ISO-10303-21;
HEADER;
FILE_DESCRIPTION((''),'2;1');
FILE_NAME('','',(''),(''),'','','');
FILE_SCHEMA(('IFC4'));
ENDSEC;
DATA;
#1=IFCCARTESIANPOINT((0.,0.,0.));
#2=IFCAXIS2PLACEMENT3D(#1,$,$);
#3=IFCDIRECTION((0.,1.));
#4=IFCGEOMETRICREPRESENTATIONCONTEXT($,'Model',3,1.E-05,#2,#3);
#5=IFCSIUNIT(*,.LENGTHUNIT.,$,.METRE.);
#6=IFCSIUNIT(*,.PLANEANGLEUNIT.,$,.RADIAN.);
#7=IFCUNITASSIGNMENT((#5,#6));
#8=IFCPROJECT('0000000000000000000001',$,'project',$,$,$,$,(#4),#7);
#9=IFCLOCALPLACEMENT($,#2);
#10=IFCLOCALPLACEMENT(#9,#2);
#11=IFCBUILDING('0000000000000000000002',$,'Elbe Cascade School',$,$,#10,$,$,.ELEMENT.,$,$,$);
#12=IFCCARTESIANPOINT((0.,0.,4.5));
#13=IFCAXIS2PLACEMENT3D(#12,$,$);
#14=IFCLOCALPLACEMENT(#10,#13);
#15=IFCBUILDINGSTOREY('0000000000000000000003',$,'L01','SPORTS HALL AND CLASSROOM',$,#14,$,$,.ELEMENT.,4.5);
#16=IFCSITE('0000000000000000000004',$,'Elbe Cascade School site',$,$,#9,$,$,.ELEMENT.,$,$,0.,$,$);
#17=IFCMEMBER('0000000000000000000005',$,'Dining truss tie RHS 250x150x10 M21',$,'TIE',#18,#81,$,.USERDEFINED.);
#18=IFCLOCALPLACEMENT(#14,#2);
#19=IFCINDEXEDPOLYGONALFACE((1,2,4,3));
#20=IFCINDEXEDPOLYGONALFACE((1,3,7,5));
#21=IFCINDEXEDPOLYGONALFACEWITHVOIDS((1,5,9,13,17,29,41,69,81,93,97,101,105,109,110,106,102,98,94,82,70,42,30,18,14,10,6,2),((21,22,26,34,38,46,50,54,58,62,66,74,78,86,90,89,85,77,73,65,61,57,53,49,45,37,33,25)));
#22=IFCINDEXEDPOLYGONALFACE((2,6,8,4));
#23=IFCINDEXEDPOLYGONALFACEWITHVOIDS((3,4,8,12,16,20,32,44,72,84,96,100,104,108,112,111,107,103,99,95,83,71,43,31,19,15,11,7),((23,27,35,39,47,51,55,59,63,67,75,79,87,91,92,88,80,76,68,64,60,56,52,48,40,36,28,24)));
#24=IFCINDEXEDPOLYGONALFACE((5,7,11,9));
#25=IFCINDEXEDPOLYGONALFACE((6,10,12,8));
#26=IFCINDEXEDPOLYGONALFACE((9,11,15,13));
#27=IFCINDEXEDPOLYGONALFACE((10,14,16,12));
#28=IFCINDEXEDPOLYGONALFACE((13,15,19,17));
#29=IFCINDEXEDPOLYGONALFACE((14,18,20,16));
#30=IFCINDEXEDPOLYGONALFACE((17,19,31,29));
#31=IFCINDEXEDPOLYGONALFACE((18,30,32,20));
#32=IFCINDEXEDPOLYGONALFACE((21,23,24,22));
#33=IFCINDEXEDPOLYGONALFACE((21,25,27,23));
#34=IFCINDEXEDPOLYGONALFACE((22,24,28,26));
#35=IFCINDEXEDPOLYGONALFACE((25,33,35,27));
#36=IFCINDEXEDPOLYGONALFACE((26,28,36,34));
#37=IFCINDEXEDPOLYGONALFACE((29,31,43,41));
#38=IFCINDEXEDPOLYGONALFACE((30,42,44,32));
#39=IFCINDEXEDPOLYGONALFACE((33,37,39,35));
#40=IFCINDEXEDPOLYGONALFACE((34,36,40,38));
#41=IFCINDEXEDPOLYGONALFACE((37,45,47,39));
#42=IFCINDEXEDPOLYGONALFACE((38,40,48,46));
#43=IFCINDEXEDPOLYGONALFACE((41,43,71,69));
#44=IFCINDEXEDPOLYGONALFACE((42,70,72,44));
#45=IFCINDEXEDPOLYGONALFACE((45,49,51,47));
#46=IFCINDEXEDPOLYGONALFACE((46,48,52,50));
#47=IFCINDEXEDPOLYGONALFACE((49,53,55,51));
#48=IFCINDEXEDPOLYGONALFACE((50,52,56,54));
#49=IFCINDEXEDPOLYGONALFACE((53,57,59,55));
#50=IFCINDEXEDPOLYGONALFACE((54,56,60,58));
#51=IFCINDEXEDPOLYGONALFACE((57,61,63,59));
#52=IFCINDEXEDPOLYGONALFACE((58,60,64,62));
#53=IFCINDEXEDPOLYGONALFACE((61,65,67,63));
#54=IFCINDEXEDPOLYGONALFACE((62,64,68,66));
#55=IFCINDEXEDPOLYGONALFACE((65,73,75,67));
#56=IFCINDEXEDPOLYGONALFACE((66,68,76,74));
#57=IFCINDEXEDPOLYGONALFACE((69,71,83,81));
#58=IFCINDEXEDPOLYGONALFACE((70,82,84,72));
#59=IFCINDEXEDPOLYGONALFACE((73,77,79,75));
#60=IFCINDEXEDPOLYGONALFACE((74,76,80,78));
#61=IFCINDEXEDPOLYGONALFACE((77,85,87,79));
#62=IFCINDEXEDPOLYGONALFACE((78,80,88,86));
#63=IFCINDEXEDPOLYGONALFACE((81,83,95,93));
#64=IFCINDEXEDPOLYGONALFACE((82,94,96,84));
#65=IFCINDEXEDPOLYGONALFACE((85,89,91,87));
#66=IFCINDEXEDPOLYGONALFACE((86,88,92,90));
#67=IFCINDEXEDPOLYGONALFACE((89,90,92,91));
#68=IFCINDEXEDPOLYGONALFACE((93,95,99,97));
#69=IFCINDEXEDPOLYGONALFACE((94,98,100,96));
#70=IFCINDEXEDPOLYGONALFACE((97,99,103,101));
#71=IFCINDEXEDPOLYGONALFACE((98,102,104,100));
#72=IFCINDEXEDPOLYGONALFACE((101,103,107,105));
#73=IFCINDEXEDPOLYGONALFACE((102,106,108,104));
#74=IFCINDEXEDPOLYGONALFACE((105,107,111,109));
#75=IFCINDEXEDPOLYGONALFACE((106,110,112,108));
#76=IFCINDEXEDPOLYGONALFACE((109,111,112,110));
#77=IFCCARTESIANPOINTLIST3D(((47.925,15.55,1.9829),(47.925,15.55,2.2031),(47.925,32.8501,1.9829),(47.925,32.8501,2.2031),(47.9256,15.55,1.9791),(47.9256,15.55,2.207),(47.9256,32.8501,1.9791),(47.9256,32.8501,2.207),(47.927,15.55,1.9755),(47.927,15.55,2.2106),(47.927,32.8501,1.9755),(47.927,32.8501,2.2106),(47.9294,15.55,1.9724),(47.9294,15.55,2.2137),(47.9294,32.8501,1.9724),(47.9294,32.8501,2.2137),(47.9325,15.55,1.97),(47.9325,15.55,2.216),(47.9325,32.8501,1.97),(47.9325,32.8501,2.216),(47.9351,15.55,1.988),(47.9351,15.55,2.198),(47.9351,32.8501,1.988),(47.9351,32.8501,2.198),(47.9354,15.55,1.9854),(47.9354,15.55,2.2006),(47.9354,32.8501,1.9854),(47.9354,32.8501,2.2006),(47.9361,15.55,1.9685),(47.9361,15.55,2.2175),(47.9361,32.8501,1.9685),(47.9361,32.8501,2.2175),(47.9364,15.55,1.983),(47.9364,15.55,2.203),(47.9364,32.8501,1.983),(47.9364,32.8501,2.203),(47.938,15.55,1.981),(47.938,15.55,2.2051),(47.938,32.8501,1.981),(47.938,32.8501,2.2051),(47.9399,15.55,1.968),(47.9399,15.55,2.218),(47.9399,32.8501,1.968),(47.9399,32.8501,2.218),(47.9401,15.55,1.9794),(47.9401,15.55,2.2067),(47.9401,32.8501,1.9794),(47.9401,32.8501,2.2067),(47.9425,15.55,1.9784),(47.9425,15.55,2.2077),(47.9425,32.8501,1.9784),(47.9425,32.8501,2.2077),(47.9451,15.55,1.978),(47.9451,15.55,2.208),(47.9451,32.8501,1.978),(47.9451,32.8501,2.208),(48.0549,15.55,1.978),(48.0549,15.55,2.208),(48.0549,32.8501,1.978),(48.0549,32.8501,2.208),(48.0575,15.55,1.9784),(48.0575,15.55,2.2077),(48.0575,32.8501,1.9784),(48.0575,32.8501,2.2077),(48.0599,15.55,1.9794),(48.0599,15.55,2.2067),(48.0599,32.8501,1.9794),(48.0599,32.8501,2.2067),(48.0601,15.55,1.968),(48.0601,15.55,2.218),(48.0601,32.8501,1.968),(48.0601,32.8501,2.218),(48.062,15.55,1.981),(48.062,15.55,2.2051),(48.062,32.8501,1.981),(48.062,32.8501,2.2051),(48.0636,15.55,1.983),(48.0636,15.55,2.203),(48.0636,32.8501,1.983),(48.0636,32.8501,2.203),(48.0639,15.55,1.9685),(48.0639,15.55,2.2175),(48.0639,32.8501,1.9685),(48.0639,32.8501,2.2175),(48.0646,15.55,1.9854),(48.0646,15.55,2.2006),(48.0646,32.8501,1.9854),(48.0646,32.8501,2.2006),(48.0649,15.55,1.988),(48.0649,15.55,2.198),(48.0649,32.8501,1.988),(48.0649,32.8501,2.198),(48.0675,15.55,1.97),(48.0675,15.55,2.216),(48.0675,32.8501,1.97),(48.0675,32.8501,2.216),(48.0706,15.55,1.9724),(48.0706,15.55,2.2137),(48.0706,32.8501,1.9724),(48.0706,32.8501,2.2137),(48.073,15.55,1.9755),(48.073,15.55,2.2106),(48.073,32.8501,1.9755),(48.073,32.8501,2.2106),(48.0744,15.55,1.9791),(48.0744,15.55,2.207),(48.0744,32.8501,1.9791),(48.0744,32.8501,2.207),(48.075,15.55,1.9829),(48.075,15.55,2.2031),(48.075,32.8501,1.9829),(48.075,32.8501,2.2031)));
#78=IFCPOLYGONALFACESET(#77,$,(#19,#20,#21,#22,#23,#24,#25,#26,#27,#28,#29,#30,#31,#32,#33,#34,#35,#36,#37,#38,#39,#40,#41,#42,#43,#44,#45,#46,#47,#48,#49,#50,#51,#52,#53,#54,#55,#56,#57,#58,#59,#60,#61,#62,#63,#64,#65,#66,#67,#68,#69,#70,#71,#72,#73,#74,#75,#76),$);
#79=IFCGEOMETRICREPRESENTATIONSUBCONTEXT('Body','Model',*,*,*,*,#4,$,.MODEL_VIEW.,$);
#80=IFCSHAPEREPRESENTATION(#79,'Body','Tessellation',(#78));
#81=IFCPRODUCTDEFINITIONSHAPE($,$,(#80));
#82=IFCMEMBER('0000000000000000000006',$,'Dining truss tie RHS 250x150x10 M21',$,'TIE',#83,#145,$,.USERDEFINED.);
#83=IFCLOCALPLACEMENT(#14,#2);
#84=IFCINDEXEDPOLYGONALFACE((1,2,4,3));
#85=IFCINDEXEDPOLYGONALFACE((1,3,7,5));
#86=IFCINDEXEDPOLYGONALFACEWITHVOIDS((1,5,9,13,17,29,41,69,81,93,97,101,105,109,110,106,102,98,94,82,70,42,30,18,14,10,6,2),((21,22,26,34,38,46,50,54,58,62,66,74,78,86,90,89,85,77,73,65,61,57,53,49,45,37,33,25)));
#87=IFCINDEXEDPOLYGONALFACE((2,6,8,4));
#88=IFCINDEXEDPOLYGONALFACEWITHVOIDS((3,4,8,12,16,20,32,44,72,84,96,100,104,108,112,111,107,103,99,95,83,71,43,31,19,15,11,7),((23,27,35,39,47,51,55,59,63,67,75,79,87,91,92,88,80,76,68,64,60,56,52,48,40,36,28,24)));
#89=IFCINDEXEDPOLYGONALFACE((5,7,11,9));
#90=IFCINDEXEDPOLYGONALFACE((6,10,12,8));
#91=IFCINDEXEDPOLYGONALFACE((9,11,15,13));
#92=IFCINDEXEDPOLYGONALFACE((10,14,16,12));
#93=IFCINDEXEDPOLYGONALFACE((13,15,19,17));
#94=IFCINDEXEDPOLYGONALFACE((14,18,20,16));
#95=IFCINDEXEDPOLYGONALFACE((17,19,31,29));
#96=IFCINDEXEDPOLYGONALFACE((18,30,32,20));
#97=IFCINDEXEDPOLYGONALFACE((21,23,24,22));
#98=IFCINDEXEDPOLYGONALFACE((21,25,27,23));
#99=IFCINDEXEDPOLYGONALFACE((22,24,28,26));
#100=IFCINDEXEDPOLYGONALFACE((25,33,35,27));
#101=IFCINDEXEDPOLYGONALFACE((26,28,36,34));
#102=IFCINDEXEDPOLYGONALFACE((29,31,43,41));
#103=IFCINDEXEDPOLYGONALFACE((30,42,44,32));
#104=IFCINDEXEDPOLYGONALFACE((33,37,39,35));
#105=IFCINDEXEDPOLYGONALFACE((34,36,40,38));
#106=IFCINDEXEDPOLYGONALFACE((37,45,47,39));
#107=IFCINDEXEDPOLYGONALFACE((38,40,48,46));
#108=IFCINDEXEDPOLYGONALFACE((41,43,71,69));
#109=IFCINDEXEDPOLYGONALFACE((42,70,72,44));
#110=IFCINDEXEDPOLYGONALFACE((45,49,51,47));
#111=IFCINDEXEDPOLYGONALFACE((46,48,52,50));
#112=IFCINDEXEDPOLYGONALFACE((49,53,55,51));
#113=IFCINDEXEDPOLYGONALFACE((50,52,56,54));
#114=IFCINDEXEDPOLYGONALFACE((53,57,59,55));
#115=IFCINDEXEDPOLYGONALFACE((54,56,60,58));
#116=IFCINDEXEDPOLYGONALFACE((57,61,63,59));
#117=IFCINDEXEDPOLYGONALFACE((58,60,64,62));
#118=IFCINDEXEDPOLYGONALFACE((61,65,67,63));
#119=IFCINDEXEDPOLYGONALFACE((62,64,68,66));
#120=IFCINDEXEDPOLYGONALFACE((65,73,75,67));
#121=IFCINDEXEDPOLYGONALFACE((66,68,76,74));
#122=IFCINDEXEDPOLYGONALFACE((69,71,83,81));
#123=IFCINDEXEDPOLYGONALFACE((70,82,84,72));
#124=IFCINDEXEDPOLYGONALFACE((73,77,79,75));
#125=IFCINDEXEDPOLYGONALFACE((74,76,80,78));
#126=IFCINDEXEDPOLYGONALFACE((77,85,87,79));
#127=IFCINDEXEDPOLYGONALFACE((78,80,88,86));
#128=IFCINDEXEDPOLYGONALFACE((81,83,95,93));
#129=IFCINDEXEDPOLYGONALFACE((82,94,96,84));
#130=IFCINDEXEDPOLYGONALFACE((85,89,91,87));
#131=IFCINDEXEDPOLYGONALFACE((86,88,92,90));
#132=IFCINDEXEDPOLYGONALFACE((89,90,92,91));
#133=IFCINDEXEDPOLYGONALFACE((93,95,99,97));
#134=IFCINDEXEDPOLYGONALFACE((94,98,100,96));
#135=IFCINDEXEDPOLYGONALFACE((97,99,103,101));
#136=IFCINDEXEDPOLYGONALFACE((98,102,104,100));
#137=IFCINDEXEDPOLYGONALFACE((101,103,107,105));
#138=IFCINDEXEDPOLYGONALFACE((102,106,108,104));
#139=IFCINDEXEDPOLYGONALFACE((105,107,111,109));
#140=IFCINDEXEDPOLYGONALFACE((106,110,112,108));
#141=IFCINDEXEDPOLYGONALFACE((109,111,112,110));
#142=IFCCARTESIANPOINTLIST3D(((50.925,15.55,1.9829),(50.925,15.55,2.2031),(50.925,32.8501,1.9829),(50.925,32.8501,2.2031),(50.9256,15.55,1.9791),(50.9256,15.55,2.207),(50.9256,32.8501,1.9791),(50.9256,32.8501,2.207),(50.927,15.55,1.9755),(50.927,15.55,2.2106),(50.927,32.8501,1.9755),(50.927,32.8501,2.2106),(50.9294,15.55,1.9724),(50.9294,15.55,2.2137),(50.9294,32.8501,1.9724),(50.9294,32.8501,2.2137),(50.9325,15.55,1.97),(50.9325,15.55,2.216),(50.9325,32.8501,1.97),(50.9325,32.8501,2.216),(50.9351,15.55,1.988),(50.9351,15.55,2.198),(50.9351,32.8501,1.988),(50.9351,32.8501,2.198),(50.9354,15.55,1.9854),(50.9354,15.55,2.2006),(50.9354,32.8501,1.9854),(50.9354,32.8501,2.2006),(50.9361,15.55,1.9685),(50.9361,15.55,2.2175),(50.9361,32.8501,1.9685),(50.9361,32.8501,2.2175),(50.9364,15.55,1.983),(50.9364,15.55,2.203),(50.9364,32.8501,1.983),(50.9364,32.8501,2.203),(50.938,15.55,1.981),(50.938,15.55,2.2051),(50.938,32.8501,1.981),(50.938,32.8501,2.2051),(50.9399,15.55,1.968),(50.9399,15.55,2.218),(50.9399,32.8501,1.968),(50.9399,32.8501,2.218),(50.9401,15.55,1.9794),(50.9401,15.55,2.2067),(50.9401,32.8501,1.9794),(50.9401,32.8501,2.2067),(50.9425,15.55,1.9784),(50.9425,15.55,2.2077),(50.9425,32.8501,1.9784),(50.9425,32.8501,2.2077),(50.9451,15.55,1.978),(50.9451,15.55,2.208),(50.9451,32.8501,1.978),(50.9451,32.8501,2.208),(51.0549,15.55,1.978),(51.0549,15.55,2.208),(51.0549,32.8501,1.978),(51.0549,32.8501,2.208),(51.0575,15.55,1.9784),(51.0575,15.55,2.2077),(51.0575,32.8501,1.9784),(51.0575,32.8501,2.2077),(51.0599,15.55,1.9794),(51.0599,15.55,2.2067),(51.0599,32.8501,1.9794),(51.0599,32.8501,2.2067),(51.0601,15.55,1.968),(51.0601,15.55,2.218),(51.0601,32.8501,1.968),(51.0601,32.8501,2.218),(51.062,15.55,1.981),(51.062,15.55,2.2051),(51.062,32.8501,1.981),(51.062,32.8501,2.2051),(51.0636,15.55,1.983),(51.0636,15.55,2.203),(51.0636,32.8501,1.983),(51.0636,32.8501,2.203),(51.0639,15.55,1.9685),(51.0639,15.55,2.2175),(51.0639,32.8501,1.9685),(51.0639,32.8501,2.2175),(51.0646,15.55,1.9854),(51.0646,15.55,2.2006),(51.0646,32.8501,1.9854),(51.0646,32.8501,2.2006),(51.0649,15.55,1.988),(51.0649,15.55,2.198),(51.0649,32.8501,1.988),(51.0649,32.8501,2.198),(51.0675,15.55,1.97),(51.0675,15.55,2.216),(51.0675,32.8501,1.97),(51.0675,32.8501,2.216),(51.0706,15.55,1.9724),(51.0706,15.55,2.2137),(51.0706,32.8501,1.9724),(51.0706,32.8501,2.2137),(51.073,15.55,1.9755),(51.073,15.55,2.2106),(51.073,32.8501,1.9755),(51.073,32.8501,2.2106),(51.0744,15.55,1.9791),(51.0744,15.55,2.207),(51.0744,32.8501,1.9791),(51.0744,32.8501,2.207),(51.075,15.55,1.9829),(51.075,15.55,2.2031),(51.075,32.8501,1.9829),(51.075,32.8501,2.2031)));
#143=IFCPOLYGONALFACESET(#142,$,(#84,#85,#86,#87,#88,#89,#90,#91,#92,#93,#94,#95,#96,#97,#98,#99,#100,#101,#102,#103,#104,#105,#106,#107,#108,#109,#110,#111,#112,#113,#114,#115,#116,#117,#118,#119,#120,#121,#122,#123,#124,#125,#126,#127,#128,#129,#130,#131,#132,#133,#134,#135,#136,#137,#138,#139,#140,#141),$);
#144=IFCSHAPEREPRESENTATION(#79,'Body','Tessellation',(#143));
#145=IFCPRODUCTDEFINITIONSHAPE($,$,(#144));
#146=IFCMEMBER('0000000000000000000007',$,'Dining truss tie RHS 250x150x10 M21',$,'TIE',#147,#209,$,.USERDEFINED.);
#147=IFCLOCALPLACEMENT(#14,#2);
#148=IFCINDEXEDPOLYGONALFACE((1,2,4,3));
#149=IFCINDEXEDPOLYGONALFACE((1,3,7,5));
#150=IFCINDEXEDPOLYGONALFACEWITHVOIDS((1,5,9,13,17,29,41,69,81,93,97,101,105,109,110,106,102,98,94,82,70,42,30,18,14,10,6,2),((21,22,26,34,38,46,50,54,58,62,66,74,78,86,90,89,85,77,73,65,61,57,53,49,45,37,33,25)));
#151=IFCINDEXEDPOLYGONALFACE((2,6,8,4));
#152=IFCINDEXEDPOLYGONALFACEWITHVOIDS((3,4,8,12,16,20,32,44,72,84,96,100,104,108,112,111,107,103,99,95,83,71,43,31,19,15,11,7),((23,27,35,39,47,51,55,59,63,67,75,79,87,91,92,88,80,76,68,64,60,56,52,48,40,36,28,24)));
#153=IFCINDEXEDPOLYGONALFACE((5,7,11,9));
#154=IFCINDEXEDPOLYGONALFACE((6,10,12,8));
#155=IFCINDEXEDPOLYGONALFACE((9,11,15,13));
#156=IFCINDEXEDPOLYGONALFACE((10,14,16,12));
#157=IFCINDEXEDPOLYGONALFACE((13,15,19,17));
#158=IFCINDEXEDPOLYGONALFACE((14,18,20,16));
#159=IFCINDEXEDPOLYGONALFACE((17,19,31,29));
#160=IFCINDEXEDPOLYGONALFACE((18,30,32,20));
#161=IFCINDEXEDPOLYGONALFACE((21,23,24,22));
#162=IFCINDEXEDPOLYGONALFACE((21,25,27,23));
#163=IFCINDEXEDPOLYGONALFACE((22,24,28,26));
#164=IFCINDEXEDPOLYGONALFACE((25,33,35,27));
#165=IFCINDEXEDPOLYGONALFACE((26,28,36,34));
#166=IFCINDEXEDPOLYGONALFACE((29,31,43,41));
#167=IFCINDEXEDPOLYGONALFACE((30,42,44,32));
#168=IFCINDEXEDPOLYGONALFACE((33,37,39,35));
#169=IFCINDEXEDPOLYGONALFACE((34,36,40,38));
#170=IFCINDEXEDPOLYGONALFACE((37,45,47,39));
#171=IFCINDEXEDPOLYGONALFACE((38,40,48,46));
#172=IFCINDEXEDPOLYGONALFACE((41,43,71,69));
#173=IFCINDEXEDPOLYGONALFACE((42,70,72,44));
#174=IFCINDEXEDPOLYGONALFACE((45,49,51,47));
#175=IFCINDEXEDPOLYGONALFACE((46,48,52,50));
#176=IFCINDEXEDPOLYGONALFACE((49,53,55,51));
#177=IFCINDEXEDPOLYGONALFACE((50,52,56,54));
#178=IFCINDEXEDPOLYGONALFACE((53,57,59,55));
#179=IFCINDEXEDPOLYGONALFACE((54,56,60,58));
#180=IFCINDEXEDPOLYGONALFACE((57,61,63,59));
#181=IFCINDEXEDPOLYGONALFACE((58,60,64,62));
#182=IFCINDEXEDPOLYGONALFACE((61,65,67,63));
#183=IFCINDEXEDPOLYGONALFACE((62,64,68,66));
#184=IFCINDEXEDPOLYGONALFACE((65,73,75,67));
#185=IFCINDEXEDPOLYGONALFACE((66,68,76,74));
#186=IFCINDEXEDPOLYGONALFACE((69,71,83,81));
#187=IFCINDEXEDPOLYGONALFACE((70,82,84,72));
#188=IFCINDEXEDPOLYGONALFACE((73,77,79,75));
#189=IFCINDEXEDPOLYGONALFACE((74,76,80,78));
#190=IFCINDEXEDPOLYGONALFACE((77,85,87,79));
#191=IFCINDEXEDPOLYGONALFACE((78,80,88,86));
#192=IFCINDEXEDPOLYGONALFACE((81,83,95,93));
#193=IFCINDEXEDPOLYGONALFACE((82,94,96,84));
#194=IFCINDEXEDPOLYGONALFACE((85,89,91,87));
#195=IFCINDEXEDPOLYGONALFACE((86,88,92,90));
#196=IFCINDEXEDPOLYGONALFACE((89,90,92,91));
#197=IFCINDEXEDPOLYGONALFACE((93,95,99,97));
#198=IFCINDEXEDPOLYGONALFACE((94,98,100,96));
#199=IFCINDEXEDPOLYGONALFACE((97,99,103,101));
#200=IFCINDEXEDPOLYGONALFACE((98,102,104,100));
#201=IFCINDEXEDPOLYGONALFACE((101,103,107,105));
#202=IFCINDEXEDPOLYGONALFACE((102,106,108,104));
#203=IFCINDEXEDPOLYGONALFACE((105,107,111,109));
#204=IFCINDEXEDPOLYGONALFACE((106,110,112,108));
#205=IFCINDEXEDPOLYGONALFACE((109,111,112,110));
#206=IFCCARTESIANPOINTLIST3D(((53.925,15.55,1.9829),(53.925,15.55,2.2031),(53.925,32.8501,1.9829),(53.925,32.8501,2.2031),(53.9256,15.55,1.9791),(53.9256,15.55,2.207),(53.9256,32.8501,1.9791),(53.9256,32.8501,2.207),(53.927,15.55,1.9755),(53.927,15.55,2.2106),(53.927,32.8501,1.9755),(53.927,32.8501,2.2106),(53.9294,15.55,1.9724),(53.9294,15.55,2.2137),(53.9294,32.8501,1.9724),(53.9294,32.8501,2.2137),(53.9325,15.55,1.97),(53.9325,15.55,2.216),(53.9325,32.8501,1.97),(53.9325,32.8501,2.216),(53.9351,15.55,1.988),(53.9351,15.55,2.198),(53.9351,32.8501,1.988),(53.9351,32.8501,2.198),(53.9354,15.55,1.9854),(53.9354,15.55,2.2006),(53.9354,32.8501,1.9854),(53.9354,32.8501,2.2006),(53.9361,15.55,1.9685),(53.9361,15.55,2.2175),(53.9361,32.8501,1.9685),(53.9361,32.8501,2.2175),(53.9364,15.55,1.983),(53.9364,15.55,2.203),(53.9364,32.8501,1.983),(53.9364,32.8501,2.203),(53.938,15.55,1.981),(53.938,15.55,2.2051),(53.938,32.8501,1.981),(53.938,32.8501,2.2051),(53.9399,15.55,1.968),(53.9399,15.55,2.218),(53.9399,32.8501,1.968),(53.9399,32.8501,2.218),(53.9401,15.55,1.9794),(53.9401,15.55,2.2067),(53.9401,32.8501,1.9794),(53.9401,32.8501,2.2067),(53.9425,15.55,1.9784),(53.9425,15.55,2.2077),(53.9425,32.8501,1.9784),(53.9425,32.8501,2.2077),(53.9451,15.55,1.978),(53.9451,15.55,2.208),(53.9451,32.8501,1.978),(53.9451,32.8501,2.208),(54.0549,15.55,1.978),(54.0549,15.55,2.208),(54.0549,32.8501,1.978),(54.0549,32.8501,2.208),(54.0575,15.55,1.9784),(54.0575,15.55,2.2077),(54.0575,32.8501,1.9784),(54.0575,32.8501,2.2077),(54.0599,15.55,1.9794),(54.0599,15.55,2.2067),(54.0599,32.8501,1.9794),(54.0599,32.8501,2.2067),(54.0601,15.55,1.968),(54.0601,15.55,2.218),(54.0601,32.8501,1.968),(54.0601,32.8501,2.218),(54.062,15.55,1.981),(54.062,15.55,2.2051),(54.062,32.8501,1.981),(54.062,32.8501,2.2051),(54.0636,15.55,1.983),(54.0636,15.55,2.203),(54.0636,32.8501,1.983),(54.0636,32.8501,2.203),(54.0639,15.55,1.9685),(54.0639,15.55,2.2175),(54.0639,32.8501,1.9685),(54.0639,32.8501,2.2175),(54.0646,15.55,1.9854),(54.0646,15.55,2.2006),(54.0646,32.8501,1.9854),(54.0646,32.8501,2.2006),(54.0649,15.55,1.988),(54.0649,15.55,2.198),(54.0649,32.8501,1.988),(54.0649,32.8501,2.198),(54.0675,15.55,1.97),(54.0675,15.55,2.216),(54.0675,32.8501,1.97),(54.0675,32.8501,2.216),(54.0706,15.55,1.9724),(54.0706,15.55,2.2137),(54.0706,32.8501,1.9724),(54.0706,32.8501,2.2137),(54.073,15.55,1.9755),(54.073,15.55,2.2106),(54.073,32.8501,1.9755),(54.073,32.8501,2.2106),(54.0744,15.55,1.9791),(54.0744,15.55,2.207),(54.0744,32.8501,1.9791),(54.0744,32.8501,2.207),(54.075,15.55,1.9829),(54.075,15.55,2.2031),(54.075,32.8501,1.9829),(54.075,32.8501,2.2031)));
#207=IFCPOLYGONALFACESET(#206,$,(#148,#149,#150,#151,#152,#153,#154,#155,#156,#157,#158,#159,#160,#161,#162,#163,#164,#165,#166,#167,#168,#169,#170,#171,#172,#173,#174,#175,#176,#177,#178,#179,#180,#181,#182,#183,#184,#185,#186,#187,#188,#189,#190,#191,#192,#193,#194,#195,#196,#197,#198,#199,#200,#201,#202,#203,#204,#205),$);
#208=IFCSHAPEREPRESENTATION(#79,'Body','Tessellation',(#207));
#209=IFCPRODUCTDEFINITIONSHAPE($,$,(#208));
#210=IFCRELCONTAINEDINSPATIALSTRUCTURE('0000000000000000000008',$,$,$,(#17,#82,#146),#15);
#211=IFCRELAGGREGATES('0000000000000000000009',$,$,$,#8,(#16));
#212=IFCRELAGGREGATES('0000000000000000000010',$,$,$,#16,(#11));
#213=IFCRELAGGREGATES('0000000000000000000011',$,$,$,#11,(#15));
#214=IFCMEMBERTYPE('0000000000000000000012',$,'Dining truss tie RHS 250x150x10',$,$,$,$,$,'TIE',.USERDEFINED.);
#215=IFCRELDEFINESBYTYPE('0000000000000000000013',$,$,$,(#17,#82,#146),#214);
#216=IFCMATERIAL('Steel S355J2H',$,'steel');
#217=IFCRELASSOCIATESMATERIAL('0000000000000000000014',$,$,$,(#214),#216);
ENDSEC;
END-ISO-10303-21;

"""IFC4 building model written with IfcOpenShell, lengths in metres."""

from ifc_helpers import new_model, si_unit, direction, frame, origin, origin_2d, place, context, subcontext, project, spatial, hollow_rectangle, extrude, material, material_profile, profile_set, type_object, element, save


model = new_model("IFC4")

# Units and contexts
model_context = context("Model", 3, precision=1e-05, world=origin(), true_north=direction((0.0, 1.0)))
body_context = subcontext(model_context, "Body", "Model", "MODEL_VIEW")
ifc_project = project(units=[si_unit("LENGTHUNIT", "METRE"), si_unit("PLANEANGLEUNIT", "RADIAN")], contexts=[model_context])

# Site, building, storey
site_placement = place(None, origin())
site = spatial("IfcSite", under=ifc_project, at=site_placement, Name="Elbe Cascade School site", CompositionType="ELEMENT", RefElevation=0.0)
building_placement = place(site_placement, origin())
building = spatial("IfcBuilding", under=site, at=building_placement, Name="Elbe Cascade School", CompositionType="ELEMENT")
storey_placement = place(building_placement, frame((0.0, 0.0, 4.5)))
storey = spatial("IfcBuildingStorey", under=building, at=storey_placement, Name="L01", Description="SPORTS HALL AND CLASSROOM", CompositionType="ELEMENT", Elevation=4.5)

# Members
ifc_material_1 = material(Name="Steel S355J2H", Category="steel")
ifc_material_profile_1 = material_profile(ifc_material_1, hollow_rectangle(XDim=0.1499, YDim=0.25, WallThickness=0.01, InnerFilletRadius=0.01, OuterFilletRadius=0.0149, at=origin_2d()), Name="RHS 250x150x10")
ifc_profile_set_1 = profile_set([ifc_material_profile_1], Name="Steel S355J2H")
member_type_1 = type_object("IfcMemberType", Name="Dining truss tie RHS 250x150x10", ElementType="TIE", PredefinedType="USERDEFINED", material=ifc_profile_set_1)
for number, where, z_axis, x_axis, name in (
    (1, (48.0, 15.55, 2.093), (0.0, 1.0, 0.0), (-1.0, 0.0, 0.0), "Dining truss tie RHS 250x150x10 M21"),
    (2, (51.0, 15.55, 2.093), (0.0, 1.0, 0.0), (-1.0, 0.0, 0.0), "Dining truss tie RHS 250x150x10 M21"),
    (3, (54.0, 15.55, 2.093), (0.0, 1.0, 0.0), (-1.0, 0.0, 0.0), "Dining truss tie RHS 250x150x10 M21"),
):
    element("IfcMember", number, at=place(storey_placement, frame(where, z_axis=z_axis, x_axis=x_axis)), inside=storey, type_object=member_type_1, Name=name, ObjectType="TIE", PredefinedType="USERDEFINED", context=body_context, shape_type="SweptSolid", body=[
        extrude(hollow_rectangle(XDim=0.1499, YDim=0.25, WallThickness=0.01, InnerFilletRadius=0.01, OuterFilletRadius=0.0149, at=origin_2d()), origin(), (0.0, 0.0, 1.0), 17.3),
    ])

save(model, "model.ifc")
